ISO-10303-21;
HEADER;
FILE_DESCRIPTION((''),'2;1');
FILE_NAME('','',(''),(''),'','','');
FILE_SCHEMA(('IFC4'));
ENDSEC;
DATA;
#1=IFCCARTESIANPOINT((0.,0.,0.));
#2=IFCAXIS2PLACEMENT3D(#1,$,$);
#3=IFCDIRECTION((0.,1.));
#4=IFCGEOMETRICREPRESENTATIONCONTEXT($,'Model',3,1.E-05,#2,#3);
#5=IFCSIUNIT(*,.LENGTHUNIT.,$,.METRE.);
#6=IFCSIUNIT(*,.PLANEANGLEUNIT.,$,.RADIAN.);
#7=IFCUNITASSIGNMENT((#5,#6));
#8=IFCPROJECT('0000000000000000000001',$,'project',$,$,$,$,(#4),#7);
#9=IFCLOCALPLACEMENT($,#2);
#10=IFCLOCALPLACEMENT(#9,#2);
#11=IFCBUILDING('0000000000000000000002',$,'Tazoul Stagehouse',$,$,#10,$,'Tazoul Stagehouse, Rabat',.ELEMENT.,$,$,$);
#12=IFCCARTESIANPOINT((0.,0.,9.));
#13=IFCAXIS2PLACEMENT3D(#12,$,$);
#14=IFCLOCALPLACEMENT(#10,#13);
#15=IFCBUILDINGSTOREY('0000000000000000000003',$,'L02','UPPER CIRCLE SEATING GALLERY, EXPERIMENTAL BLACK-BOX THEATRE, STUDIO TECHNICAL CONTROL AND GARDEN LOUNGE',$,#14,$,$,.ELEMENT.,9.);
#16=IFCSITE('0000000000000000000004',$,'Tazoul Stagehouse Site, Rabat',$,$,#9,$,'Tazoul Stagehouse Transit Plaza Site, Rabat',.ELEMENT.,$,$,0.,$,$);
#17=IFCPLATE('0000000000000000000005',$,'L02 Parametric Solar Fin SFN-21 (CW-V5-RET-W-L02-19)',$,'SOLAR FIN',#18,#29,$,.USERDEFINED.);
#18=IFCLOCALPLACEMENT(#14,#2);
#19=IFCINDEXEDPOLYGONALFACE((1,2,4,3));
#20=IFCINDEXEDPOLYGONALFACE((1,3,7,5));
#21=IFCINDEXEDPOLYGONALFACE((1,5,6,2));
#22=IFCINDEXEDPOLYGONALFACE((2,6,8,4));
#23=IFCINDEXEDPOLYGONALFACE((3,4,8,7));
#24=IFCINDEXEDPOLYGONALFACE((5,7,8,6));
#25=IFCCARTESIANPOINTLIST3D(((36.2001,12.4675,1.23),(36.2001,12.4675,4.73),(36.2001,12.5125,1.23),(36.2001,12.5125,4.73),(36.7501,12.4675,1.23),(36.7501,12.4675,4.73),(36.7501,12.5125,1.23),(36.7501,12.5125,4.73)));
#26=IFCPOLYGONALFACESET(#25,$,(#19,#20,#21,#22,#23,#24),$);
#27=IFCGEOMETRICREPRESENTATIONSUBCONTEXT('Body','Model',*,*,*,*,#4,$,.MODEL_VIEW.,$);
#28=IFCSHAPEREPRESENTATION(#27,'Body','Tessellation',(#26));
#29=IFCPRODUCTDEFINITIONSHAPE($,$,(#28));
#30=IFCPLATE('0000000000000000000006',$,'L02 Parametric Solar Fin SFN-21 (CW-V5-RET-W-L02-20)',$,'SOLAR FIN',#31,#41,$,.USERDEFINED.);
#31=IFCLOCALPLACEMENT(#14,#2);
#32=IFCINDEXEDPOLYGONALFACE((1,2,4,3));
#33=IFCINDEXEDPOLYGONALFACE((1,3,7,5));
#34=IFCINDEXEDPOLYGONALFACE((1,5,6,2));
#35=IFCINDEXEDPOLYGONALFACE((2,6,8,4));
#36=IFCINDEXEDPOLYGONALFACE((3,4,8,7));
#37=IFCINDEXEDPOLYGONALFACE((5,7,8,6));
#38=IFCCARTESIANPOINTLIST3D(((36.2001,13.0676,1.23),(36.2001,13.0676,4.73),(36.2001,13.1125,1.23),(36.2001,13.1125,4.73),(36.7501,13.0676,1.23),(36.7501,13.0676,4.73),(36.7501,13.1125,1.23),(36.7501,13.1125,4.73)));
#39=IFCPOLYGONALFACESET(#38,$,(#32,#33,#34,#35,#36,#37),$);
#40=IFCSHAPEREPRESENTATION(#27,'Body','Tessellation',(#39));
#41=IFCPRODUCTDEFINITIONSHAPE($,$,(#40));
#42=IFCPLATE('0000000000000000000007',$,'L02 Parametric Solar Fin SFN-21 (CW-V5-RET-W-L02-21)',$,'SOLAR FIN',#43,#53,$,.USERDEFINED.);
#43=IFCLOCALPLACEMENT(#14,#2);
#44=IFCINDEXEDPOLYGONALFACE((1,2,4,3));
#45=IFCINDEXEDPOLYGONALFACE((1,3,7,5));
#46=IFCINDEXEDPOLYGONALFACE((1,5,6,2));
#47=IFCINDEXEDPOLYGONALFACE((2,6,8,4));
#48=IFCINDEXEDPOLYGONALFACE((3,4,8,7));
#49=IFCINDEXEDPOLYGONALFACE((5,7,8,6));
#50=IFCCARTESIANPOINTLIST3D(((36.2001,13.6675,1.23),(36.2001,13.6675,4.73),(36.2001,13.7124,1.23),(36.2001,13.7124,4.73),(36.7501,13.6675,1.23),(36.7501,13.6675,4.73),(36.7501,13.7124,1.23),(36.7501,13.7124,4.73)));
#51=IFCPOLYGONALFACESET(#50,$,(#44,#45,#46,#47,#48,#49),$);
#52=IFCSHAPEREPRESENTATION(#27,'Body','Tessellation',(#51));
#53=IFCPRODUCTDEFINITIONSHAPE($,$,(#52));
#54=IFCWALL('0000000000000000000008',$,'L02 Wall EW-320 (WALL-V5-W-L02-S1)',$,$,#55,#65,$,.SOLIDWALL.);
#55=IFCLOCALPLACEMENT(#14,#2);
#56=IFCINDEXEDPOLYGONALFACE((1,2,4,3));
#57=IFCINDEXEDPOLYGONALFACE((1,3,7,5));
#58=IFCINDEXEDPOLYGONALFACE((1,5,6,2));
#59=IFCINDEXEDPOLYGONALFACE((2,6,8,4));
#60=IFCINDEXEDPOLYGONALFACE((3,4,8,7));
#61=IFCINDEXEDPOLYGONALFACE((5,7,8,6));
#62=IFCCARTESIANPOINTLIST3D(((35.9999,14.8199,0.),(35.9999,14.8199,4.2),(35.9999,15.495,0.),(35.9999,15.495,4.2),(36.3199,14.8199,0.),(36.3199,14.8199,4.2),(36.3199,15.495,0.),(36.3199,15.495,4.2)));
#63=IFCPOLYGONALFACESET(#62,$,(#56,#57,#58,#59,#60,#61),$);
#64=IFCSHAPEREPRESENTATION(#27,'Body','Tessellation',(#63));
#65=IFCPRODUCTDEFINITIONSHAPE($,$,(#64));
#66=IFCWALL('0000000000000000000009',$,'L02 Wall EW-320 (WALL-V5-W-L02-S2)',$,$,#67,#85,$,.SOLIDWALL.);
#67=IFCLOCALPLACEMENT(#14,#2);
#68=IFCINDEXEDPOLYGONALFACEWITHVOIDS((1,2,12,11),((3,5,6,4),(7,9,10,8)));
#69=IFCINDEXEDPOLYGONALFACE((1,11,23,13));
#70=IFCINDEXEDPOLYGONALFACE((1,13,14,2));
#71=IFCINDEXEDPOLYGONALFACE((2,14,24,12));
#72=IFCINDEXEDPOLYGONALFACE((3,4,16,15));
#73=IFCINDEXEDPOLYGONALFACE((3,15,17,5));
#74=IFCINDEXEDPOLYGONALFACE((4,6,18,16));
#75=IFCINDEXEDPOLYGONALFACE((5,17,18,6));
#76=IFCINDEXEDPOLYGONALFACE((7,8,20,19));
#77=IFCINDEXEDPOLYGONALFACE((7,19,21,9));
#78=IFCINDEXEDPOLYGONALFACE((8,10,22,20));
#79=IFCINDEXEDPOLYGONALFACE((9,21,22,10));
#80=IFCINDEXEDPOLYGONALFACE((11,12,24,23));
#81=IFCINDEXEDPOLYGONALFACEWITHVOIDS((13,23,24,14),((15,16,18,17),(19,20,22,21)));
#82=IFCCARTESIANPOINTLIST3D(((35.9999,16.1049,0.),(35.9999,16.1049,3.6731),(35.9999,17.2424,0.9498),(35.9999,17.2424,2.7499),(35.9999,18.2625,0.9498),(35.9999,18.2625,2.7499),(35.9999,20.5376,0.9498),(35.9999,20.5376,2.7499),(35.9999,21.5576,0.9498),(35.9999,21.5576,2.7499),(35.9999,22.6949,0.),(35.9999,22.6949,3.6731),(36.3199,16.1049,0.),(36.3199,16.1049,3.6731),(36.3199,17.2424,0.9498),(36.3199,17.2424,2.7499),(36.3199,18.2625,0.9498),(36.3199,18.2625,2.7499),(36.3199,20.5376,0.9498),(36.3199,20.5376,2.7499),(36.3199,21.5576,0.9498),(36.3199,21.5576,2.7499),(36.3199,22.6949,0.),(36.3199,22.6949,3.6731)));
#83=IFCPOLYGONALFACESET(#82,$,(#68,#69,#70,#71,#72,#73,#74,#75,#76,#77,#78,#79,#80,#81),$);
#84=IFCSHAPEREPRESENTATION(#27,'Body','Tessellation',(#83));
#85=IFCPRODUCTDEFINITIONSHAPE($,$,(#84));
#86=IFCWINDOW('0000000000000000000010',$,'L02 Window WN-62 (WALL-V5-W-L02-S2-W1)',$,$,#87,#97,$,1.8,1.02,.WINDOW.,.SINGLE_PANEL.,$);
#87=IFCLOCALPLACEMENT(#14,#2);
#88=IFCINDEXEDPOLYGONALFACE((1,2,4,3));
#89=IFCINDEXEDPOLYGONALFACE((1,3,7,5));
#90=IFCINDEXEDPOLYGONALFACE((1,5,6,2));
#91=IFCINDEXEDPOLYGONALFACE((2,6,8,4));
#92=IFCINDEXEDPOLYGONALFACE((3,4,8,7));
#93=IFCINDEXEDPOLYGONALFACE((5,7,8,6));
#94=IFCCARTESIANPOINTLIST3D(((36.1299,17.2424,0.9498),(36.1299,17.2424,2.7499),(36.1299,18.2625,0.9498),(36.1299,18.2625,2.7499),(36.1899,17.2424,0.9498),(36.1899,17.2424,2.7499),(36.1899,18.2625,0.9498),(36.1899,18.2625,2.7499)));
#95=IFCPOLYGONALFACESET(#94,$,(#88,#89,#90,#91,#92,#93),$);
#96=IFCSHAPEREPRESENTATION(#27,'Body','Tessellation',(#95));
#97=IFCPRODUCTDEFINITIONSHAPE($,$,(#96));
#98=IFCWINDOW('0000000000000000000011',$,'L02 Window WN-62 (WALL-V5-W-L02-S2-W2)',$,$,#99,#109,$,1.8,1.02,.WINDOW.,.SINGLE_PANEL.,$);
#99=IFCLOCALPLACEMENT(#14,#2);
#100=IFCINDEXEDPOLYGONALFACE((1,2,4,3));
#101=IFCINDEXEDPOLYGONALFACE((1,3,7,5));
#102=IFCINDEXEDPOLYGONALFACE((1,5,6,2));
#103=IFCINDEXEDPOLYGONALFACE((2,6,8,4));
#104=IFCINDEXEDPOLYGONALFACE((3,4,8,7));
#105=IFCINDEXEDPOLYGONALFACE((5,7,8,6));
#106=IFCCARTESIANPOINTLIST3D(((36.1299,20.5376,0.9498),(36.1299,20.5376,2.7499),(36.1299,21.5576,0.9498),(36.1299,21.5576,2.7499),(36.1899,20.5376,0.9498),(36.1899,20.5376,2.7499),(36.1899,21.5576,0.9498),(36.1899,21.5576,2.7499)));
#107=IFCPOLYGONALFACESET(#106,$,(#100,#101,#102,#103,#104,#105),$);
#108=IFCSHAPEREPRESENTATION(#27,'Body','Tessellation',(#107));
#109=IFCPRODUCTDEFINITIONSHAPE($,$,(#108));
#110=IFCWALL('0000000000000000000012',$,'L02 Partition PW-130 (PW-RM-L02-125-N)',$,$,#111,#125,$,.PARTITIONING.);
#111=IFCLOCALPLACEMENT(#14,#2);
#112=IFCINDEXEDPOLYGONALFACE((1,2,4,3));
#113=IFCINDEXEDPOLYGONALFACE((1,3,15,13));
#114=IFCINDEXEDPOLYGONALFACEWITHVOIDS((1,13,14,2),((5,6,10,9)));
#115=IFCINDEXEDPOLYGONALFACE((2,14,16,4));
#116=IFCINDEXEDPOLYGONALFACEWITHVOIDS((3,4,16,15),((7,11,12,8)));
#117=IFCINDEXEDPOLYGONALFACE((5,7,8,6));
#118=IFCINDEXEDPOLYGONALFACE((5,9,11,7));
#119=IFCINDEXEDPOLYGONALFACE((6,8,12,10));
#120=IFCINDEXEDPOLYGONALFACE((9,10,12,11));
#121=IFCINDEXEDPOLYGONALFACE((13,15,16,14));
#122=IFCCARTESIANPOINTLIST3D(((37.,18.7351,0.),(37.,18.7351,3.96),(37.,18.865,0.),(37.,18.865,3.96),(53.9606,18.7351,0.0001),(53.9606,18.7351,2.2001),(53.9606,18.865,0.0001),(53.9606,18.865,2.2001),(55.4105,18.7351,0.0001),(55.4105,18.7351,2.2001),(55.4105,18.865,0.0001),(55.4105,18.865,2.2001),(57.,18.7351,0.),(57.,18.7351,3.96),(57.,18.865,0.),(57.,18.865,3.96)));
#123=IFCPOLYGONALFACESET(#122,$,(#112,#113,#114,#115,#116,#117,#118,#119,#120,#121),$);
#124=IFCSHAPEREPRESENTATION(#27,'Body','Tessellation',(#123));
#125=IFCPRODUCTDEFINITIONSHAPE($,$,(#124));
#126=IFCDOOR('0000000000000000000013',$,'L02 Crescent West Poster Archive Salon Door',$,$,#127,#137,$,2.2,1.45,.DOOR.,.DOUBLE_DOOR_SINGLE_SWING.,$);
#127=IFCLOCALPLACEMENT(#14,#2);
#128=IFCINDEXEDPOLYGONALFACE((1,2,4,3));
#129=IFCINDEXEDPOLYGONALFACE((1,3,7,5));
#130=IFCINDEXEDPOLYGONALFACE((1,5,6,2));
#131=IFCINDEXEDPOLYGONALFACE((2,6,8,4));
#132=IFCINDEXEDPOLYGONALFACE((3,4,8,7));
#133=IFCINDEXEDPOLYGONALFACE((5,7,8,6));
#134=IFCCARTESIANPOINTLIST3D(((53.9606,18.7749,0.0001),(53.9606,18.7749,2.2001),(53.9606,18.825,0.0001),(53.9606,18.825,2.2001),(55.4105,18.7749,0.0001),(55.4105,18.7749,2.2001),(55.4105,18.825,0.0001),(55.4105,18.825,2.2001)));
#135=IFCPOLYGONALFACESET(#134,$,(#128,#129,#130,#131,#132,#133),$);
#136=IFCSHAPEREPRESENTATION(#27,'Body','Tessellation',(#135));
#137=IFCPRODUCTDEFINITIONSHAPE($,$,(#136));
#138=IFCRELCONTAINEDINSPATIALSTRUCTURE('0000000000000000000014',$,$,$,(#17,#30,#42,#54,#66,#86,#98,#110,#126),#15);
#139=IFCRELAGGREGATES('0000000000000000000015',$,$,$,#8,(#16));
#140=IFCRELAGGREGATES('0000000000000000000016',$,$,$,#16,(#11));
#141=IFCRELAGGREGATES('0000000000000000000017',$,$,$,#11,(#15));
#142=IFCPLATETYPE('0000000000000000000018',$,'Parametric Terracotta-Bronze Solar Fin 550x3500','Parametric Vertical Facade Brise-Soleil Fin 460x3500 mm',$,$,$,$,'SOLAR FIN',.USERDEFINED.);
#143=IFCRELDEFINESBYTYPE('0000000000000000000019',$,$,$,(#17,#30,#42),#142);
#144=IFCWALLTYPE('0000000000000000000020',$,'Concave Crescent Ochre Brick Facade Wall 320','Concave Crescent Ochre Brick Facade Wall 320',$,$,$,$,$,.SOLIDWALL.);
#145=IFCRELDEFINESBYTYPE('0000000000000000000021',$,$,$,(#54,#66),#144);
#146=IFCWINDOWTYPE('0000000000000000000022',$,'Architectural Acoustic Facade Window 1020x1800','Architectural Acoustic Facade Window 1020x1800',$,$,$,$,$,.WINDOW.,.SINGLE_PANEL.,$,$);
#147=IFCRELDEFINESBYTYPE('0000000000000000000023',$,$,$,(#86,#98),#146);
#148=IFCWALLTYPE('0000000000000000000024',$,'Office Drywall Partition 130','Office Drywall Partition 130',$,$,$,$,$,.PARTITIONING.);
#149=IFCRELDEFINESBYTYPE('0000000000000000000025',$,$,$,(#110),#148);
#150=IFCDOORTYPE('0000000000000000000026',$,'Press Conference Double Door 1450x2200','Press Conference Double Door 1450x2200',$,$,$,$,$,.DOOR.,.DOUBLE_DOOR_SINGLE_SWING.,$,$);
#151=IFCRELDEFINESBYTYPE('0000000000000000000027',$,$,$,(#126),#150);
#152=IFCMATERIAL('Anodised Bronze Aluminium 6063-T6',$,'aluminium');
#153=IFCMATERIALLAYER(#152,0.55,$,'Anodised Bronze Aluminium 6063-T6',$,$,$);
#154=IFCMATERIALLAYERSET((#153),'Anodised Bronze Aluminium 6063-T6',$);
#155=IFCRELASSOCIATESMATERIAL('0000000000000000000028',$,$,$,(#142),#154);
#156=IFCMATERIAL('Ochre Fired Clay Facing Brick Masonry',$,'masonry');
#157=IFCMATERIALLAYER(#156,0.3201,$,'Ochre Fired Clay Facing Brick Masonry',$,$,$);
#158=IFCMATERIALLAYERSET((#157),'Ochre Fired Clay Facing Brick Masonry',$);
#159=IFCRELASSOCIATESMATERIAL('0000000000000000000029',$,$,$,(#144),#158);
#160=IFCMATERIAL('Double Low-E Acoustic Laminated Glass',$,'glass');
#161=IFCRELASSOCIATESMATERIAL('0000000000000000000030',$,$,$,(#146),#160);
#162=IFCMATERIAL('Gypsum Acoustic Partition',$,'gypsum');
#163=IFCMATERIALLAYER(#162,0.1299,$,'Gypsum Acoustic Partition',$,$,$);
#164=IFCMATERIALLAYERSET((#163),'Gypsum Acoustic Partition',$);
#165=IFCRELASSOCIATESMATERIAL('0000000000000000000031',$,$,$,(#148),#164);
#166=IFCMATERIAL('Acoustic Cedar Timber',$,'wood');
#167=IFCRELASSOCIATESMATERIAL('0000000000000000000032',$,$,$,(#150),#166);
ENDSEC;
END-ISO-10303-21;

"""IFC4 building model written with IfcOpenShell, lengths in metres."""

from ifc_helpers import new_model, si_unit, direction, frame, frame_2d, origin, origin_2d, place, context, subcontext, project, spatial, rectangle, extrude, material, layer, layer_set, type_object, element, fill, save


model = new_model("IFC4")

# Units and contexts
model_context = context("Model", 3, precision=1e-05, world=origin(), true_north=direction((0.0, 1.0)))
body_context = subcontext(model_context, "Body", "Model", "MODEL_VIEW")
ifc_project = project(units=[si_unit("LENGTHUNIT", "METRE"), si_unit("PLANEANGLEUNIT", "RADIAN")], contexts=[model_context])

# Site, building, storey
site_placement = place(None, origin())
site = spatial("IfcSite", under=ifc_project, at=site_placement, Name="Tazoul Stagehouse Site, Rabat", LongName="Tazoul Stagehouse Transit Plaza Site, Rabat", CompositionType="ELEMENT", RefElevation=0.0)
building_placement = place(site_placement, origin())
building = spatial("IfcBuilding", under=site, at=building_placement, Name="Tazoul Stagehouse", LongName="Tazoul Stagehouse, Rabat", CompositionType="ELEMENT")
storey_placement = place(building_placement, frame((0.0, 0.0, 9.0)))
storey = spatial("IfcBuildingStorey", under=building, at=storey_placement, Name="L02", Description="UPPER CIRCLE SEATING GALLERY, EXPERIMENTAL BLACK-BOX THEATRE, STUDIO TECHNICAL CONTROL AND GARDEN LOUNGE", CompositionType="ELEMENT", Elevation=9.0)

# Plates
ifc_material_1 = material(Name="Anodised Bronze Aluminium 6063-T6", Category="aluminium")
ifc_layer_1 = layer(ifc_material_1, 0.55, Name="Anodised Bronze Aluminium 6063-T6")
ifc_layer_set_1 = layer_set([ifc_layer_1], Name="Anodised Bronze Aluminium 6063-T6")
plate_type = type_object("IfcPlateType", Name="Parametric Terracotta-Bronze Solar Fin 550x3500", Description="Parametric Vertical Facade Brise-Soleil Fin 460x3500 mm", ElementType="SOLAR FIN", PredefinedType="USERDEFINED", material=ifc_layer_set_1)
for number, where, z_axis, x_axis, name in (
    (1, (36.4751, 12.49, 1.23), (0.0, 0.0, 1.0), (0.0, 1.0, 0.0), "L02 Parametric Solar Fin SFN-21 (CW-V5-RET-W-L02-19)"),
    (2, (36.4751, 13.0901, 1.23), (0.0, 0.0, 1.0), (0.0, 1.0, 0.0), "L02 Parametric Solar Fin SFN-21 (CW-V5-RET-W-L02-20)"),
    (3, (36.4751, 13.6899, 1.23), (0.0, 0.0, 1.0), (0.0, 1.0, 0.0), "L02 Parametric Solar Fin SFN-21 (CW-V5-RET-W-L02-21)"),
):
    element("IfcPlate", number, at=place(storey_placement, frame(where, z_axis=z_axis, x_axis=x_axis)), inside=storey, type_object=plate_type, Name=name, ObjectType="SOLAR FIN", PredefinedType="USERDEFINED", context=body_context, shape_type="SweptSolid", body=[
        extrude(rectangle(XDim=0.0449, YDim=0.55, at=origin_2d()), origin(), (0.0, 0.0, 1.0), 3.5),
    ])

# Wall
ifc_material_2 = material(Name="Ochre Fired Clay Facing Brick Masonry", Category="masonry")
ifc_layer_2 = layer(ifc_material_2, 0.3201, Name="Ochre Fired Clay Facing Brick Masonry")
ifc_layer_set_2 = layer_set([ifc_layer_2], Name="Ochre Fired Clay Facing Brick Masonry")
wall_type_1 = type_object("IfcWallType", Name="Concave Crescent Ochre Brick Facade Wall 320", Description="Concave Crescent Ochre Brick Facade Wall 320", PredefinedType="SOLIDWALL", material=ifc_layer_set_2)
wall_1_placement = place(storey_placement, frame((36.1599, 14.8201, 0.0), z_axis=(0.0, 0.0, 1.0), x_axis=(0.0, 1.0, 0.0)))
element("IfcWall", 4, at=wall_1_placement, inside=storey, type_object=wall_type_1, Name="L02 Wall EW-320 (WALL-V5-W-L02-S1)", PredefinedType="SOLIDWALL", context=body_context, shape_type="SweptSolid", body=[
    extrude(rectangle(XDim=0.675, YDim=0.3201, at=frame_2d((0.3374, 0.0))), origin(), (0.0, 0.0, 1.0), 4.2),
])

# Wall, openings, windows
wall_2_placement = place(storey_placement, frame((36.1599, 16.105, 0.0), z_axis=(0.0, 0.0, 1.0), x_axis=(0.0, 1.0, 0.0)))
wall_2 = element("IfcWall", 5, at=wall_2_placement, inside=storey, type_object=wall_type_1, Name="L02 Wall EW-320 (WALL-V5-W-L02-S2)", PredefinedType="SOLIDWALL", context=body_context, shape_type="SweptSolid", body=[
    extrude(rectangle(XDim=6.5901, YDim=0.3201, at=frame_2d((3.2949, 0.0))), origin(), (0.0, 0.0, 1.0), 3.6731),
])
opening_1_placement = place(wall_2_placement, frame((1.1375, 0.0, 0.95)))
opening_1 = element("IfcOpeningElement", 6, at=opening_1_placement, cuts=wall_2, PredefinedType="OPENING", context=body_context, shape_type="SweptSolid", body=[
    extrude(rectangle(XDim=1.02, YDim=1.8, at=frame_2d((0.51, 0.8999))), frame((0.0, 0.1799, 0.0), z_axis=(0.0, -1.0, 0.0), x_axis=(1.0, 0.0, 0.0)), (0.0, 0.0, 1.0), 0.3601),
])
opening_2_placement = place(wall_2_placement, frame((4.4326, 0.0, 0.95)))
opening_2 = element("IfcOpeningElement", 7, at=opening_2_placement, cuts=wall_2, PredefinedType="OPENING", context=body_context, shape_type="SweptSolid", body=[
    extrude(rectangle(XDim=1.02, YDim=1.8, at=frame_2d((0.51, 0.8999))), frame((0.0, 0.1799, 0.0), z_axis=(0.0, -1.0, 0.0), x_axis=(1.0, 0.0, 0.0)), (0.0, 0.0, 1.0), 0.3601),
])
ifc_material_3 = material(Name="Double Low-E Acoustic Laminated Glass", Category="glass")
window_type = type_object("IfcWindowType", Name="Architectural Acoustic Facade Window 1020x1800", Description="Architectural Acoustic Facade Window 1020x1800", PartitioningType="SINGLE_PANEL", PredefinedType="WINDOW", material=ifc_material_3)
window_1_placement = place(opening_1_placement, origin())
window_1 = element("IfcWindow", 8, at=window_1_placement, inside=storey, type_object=window_type, Name="L02 Window WN-62 (WALL-V5-W-L02-S2-W1)", OverallHeight=1.8, OverallWidth=1.02, PartitioningType="SINGLE_PANEL", PredefinedType="WINDOW", context=body_context, shape_type="SweptSolid", body=[
    extrude(rectangle(XDim=1.02, YDim=1.8, at=frame_2d((0.51, 0.8999))), frame((0.0, 0.03, 0.0), z_axis=(0.0, -1.0, 0.0), x_axis=(1.0, 0.0, 0.0)), (0.0, 0.0, 1.0), 0.0601),
])
fill(opening_1, window_1)
window_2_placement = place(opening_2_placement, origin())
window_2 = element("IfcWindow", 9, at=window_2_placement, inside=storey, type_object=window_type, Name="L02 Window WN-62 (WALL-V5-W-L02-S2-W2)", OverallHeight=1.8, OverallWidth=1.02, PartitioningType="SINGLE_PANEL", PredefinedType="WINDOW", context=body_context, shape_type="SweptSolid", body=[
    extrude(rectangle(XDim=1.02, YDim=1.8, at=frame_2d((0.51, 0.8999))), frame((0.0, 0.03, 0.0), z_axis=(0.0, -1.0, 0.0), x_axis=(1.0, 0.0, 0.0)), (0.0, 0.0, 1.0), 0.0601),
])
fill(opening_2, window_2)

# Wall, opening, door
ifc_material_4 = material(Name="Gypsum Acoustic Partition", Category="gypsum")
ifc_layer_3 = layer(ifc_material_4, 0.1299, Name="Gypsum Acoustic Partition")
ifc_layer_set_3 = layer_set([ifc_layer_3], Name="Gypsum Acoustic Partition")
wall_type_2 = type_object("IfcWallType", Name="Office Drywall Partition 130", Description="Office Drywall Partition 130", PredefinedType="PARTITIONING", material=ifc_layer_set_3)
wall_3_placement = place(storey_placement, frame((37.0, 18.8, 0.0), z_axis=(0.0, 0.0, 1.0), x_axis=(1.0, 0.0, 0.0)))
wall_3 = element("IfcWall", 10, at=wall_3_placement, inside=storey, type_object=wall_type_2, Name="L02 Partition PW-130 (PW-RM-L02-125-N)", PredefinedType="PARTITIONING", context=body_context, shape_type="SweptSolid", body=[
    extrude(rectangle(XDim=20.0, YDim=0.1299, at=frame_2d((10.0, 0.0))), origin(), (0.0, 0.0, 1.0), 3.96),
])
opening_3_placement = place(wall_3_placement, frame((16.9604, 0.0, 0.0)))
opening_3 = element("IfcOpeningElement", 11, at=opening_3_placement, cuts=wall_3, PredefinedType="OPENING", context=body_context, shape_type="SweptSolid", body=[
    extrude(rectangle(XDim=1.45, YDim=2.2, at=frame_2d((0.7251, 1.1001))), frame((0.0, 0.085, 0.0), z_axis=(0.0, -1.0, 0.0), x_axis=(1.0, 0.0, 0.0)), (0.0, 0.0, 1.0), 0.1699),
])
ifc_material_5 = material(Name="Acoustic Cedar Timber", Category="wood")
door_type = type_object("IfcDoorType", Name="Press Conference Double Door 1450x2200", Description="Press Conference Double Door 1450x2200", OperationType="DOUBLE_DOOR_SINGLE_SWING", PredefinedType="DOOR", material=ifc_material_5)
door_placement = place(opening_3_placement, origin())
door = element("IfcDoor", 12, at=door_placement, inside=storey, type_object=door_type, Name="L02 Crescent West Poster Archive Salon Door", OperationType="DOUBLE_DOOR_SINGLE_SWING", OverallHeight=2.2, OverallWidth=1.45, PredefinedType="DOOR", context=body_context, shape_type="SweptSolid", body=[
    extrude(rectangle(XDim=1.45, YDim=2.2, at=frame_2d((0.7251, 1.1001))), frame((0.0, 0.0249, 0.0), z_axis=(0.0, -1.0, 0.0), x_axis=(1.0, 0.0, 0.0)), (0.0, 0.0, 1.0), 0.05),
])
fill(opening_3, door)

save(model, "model.ifc")
